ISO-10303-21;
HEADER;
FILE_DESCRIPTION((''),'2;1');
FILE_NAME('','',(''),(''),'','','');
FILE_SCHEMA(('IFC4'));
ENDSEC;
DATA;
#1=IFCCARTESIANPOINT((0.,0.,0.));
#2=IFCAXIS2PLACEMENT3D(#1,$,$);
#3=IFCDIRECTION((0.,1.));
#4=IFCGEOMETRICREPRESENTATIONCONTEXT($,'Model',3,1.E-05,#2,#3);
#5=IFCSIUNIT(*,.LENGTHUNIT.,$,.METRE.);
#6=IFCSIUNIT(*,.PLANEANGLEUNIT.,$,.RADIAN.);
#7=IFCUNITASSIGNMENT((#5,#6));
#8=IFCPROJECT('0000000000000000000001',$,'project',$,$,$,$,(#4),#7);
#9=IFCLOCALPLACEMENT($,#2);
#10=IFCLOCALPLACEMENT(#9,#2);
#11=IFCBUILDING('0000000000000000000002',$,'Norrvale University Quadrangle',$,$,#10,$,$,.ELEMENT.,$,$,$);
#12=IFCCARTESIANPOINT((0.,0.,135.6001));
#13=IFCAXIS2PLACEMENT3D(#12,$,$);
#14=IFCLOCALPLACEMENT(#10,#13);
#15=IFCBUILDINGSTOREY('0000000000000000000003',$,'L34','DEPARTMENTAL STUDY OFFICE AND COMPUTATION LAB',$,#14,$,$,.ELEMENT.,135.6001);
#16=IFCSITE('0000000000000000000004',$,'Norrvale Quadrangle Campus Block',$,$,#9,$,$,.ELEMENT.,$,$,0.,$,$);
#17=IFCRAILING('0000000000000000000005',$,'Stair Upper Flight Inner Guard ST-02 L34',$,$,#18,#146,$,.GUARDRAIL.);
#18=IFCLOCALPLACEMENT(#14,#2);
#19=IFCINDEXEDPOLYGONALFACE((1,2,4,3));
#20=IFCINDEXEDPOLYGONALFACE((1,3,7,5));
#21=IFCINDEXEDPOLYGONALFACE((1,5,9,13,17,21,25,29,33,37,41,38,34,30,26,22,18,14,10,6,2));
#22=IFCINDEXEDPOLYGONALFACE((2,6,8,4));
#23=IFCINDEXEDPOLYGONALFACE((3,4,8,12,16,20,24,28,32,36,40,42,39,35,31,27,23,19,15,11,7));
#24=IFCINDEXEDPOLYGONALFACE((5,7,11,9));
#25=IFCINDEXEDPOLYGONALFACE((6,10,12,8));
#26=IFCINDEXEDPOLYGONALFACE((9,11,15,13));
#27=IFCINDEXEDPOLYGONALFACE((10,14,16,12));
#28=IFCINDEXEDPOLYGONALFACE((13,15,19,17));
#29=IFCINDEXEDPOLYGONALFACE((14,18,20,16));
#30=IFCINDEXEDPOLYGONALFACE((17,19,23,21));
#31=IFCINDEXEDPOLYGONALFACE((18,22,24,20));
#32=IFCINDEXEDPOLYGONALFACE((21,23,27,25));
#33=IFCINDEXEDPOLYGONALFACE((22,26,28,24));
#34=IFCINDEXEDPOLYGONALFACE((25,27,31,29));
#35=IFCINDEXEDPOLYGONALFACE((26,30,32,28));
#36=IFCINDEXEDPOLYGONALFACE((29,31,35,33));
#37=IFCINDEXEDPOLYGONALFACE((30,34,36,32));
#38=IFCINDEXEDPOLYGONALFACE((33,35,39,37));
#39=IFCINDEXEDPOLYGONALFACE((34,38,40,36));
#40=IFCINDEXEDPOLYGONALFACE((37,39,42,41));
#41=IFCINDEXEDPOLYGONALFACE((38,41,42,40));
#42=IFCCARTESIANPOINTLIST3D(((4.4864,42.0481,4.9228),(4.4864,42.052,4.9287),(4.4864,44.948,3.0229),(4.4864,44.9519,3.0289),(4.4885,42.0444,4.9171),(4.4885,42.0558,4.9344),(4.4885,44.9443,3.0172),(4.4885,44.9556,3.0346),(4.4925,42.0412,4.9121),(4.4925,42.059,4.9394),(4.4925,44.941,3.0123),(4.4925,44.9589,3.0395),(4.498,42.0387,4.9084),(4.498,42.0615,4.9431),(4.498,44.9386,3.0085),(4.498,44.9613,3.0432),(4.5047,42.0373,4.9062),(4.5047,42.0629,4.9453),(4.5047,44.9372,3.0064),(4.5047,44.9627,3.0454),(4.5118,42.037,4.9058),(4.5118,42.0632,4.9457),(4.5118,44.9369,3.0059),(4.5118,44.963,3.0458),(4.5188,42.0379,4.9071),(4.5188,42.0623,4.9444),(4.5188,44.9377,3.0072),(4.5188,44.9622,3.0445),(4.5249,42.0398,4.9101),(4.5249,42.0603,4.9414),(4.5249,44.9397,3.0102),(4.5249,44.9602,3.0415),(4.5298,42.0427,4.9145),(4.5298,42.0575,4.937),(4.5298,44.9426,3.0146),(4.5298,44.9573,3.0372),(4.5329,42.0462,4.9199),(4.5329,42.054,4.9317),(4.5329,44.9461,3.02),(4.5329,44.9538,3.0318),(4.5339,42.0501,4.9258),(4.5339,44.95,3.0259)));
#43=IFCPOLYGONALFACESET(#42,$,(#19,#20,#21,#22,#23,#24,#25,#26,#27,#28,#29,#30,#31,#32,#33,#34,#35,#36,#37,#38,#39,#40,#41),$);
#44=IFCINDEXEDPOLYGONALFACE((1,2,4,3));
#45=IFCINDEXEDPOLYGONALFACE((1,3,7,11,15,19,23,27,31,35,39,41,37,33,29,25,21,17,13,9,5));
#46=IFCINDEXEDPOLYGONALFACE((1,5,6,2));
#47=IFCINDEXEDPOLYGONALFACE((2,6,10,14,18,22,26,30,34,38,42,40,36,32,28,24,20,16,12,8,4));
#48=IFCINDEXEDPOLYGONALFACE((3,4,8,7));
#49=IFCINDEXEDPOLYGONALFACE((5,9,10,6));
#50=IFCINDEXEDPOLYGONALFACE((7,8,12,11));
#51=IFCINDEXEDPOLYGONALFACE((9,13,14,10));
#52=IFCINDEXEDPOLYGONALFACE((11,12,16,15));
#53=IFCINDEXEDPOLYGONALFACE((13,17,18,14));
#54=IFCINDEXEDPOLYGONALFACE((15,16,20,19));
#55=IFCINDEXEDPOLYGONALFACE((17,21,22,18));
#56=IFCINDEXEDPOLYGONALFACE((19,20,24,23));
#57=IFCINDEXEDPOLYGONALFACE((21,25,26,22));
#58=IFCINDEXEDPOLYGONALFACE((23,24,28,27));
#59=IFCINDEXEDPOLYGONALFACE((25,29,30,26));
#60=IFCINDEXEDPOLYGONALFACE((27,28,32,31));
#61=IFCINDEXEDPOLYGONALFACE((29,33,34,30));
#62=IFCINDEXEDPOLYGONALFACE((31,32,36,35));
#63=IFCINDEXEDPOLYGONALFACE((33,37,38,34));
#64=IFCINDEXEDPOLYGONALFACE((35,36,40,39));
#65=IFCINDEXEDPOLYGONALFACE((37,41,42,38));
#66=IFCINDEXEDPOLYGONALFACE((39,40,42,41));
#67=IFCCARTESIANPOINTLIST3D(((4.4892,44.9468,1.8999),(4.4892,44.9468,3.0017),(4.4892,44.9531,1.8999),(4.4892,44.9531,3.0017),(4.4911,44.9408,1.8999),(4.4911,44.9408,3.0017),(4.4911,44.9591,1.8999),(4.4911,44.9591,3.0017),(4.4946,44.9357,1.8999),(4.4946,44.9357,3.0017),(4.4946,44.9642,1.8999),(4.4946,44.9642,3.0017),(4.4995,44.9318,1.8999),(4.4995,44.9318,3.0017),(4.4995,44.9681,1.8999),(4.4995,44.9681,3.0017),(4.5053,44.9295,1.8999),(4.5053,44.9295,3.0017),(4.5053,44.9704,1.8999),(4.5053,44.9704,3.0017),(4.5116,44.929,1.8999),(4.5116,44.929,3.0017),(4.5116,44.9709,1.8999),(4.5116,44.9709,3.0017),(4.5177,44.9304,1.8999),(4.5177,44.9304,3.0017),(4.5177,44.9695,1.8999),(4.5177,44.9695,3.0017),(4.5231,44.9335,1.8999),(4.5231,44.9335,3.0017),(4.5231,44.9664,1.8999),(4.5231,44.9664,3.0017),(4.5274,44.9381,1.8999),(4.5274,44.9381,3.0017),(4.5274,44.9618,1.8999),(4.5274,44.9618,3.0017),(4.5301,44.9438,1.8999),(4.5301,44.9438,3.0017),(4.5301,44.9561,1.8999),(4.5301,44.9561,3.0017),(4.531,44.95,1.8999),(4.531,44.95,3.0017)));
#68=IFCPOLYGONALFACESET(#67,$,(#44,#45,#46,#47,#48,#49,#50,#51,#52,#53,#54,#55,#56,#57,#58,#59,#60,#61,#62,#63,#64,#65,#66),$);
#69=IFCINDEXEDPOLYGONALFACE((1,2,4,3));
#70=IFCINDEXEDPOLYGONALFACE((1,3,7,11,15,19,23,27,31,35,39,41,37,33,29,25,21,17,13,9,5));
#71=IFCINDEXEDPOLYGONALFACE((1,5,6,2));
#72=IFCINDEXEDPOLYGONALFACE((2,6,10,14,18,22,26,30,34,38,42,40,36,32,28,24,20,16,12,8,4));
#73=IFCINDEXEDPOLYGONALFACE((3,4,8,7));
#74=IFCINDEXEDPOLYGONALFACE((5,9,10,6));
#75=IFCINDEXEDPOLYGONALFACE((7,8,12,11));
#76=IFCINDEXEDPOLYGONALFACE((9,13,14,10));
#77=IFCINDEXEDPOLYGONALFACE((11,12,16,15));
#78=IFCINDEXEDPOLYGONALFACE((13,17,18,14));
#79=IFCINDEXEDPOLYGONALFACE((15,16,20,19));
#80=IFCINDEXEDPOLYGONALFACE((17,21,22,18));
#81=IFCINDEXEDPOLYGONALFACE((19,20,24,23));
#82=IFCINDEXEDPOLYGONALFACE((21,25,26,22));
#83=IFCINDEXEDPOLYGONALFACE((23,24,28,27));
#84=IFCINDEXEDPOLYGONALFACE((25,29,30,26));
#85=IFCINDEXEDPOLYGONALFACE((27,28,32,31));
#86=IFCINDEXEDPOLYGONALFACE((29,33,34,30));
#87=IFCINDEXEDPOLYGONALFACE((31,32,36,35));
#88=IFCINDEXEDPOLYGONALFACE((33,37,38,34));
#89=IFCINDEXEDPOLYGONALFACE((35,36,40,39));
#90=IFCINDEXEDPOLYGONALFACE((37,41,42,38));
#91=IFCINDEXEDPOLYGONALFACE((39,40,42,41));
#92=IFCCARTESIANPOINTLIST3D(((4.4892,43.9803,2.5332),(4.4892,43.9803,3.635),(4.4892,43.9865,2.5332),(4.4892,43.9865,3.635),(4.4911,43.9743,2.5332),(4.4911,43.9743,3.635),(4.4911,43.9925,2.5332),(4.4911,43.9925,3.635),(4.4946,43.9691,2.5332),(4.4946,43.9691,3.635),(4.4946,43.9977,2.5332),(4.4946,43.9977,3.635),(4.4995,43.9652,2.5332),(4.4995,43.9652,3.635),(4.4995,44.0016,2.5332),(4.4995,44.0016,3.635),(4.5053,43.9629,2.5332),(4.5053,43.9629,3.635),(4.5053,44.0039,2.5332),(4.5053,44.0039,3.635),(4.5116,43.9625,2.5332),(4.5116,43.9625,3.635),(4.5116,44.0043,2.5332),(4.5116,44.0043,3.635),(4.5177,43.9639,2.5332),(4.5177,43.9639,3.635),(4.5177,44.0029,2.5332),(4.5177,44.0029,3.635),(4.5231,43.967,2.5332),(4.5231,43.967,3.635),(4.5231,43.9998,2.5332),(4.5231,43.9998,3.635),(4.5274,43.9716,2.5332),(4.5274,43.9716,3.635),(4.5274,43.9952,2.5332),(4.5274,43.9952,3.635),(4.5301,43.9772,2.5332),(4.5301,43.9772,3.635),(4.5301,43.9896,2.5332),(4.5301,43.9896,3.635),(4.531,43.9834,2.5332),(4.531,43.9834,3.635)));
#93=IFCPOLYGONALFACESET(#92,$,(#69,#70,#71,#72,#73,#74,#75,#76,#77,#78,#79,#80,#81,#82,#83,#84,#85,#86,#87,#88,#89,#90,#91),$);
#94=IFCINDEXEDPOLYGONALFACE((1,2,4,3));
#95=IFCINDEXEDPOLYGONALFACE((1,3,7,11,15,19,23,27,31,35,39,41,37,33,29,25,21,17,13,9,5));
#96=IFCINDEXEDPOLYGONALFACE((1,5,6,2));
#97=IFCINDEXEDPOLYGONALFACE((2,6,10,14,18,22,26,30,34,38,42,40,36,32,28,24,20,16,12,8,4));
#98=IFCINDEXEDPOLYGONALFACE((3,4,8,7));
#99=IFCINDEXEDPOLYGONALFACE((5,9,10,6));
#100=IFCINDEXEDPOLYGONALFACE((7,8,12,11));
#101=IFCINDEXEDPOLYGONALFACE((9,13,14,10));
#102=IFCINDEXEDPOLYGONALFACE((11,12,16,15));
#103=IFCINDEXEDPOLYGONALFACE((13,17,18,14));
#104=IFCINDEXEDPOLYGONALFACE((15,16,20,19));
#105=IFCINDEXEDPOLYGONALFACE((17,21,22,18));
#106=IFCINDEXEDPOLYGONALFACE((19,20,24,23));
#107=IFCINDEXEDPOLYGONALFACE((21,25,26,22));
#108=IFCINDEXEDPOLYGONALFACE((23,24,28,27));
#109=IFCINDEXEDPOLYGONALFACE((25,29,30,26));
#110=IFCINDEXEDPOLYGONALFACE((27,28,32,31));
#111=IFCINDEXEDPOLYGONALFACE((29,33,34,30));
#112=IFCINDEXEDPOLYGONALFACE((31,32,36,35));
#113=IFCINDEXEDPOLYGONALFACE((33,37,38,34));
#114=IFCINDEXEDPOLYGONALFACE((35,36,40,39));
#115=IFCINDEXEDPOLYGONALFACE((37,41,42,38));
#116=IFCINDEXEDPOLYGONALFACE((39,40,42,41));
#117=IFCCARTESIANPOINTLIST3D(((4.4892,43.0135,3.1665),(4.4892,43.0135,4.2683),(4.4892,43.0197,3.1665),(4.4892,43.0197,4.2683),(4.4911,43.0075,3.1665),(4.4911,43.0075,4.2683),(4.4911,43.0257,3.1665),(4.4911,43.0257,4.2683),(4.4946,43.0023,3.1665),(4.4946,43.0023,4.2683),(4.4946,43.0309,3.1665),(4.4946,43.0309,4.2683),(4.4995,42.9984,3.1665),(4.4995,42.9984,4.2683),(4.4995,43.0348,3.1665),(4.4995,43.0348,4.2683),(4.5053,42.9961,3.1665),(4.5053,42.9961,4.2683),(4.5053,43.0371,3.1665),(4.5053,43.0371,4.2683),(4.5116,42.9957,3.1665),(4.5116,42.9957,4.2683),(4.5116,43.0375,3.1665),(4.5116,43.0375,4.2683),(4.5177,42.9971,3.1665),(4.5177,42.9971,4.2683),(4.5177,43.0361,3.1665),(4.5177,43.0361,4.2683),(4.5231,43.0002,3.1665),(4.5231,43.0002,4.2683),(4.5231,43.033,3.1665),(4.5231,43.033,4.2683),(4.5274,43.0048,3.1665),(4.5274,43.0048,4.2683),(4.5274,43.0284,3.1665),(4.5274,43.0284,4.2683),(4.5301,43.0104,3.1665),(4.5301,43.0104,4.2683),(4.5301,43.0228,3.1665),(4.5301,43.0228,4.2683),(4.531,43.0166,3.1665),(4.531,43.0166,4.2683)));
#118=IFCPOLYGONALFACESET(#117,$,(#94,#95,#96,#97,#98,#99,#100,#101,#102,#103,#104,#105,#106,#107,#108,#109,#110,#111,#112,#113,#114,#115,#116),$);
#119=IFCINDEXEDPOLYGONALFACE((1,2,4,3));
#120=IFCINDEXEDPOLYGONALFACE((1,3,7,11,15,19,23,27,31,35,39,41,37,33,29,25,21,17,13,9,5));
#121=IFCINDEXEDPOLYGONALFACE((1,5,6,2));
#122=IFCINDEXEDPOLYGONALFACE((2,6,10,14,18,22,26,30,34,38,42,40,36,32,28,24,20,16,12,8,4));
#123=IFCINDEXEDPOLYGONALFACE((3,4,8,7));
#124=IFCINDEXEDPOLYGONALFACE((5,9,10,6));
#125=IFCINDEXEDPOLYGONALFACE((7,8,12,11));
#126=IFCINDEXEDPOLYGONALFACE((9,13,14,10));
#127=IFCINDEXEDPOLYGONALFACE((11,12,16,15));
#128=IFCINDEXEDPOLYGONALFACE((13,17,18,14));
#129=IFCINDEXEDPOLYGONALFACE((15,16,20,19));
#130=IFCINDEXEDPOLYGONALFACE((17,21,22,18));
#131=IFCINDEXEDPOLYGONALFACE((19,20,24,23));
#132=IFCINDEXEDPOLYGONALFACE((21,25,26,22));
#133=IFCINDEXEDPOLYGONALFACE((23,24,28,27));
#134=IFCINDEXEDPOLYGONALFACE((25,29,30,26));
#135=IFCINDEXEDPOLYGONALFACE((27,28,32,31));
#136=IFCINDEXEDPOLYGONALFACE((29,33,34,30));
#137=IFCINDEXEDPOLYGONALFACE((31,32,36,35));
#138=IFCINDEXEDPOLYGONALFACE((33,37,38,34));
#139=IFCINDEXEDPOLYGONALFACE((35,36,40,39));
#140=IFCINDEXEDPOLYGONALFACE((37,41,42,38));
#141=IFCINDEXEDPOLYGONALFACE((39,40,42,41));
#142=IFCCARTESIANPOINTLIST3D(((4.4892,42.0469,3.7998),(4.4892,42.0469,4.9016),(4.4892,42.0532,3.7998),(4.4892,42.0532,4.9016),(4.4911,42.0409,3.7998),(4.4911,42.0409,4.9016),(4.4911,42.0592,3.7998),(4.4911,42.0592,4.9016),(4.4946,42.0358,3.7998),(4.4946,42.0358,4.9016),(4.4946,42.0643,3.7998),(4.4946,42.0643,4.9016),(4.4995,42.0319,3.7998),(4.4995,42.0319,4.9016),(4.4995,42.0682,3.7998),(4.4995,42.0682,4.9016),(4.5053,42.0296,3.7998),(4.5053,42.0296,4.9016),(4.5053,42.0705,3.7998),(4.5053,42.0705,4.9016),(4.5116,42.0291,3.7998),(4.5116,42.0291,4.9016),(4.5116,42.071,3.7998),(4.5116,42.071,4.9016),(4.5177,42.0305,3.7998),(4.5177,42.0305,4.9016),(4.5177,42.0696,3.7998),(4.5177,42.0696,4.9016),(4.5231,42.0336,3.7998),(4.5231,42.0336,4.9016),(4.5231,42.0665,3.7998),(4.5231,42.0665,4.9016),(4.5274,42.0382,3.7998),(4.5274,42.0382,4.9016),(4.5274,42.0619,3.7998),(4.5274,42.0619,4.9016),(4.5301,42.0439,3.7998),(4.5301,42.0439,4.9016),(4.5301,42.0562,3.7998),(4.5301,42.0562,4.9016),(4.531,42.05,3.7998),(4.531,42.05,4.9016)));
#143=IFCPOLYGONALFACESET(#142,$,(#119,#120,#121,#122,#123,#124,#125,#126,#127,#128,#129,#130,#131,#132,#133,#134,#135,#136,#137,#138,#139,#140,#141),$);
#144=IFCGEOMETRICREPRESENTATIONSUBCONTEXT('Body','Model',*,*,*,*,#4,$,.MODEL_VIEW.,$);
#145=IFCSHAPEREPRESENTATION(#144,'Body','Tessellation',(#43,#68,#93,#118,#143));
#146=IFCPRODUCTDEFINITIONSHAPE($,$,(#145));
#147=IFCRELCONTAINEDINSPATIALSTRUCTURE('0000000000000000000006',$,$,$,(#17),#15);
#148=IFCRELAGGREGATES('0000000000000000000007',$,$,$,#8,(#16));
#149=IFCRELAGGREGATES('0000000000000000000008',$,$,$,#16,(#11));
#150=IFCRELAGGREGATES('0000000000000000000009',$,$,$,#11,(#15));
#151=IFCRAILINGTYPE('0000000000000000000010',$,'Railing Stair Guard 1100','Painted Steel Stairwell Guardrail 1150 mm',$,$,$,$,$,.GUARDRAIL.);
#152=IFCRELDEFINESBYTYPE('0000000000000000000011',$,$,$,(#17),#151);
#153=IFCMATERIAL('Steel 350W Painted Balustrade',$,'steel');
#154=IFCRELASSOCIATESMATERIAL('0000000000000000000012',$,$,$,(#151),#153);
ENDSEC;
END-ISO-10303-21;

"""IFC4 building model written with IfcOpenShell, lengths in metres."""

from ifc_helpers import new_model, si_unit, direction, frame, origin, origin_2d, place, context, subcontext, project, spatial, circle, extrude, material, type_object, element, save


model = new_model("IFC4")

# Units and contexts
model_context = context("Model", 3, precision=1e-05, world=origin(), true_north=direction((0.0, 1.0)))
body_context = subcontext(model_context, "Body", "Model", "MODEL_VIEW")
ifc_project = project(units=[si_unit("LENGTHUNIT", "METRE"), si_unit("PLANEANGLEUNIT", "RADIAN")], contexts=[model_context])

# Site, building, storey
site_placement = place(None, origin())
site = spatial("IfcSite", under=ifc_project, at=site_placement, Name="Norrvale Quadrangle Campus Block", CompositionType="ELEMENT", RefElevation=0.0)
building_placement = place(site_placement, origin())
building = spatial("IfcBuilding", under=site, at=building_placement, Name="Norrvale University Quadrangle", CompositionType="ELEMENT")
storey_placement = place(building_placement, frame((0.0, 0.0, 135.6001)))
storey = spatial("IfcBuildingStorey", under=building, at=storey_placement, Name="L34", Description="DEPARTMENTAL STUDY OFFICE AND COMPUTATION LAB", CompositionType="ELEMENT", Elevation=135.6001)

# Railing
ifc_material_1 = material(Name="Steel 350W Painted Balustrade", Category="steel")
railing_type_1 = type_object("IfcRailingType", Name="Railing Stair Guard 1100", Description="Painted Steel Stairwell Guardrail 1150 mm", PredefinedType="GUARDRAIL", material=ifc_material_1)
railing_1_placement = place(storey_placement, frame((4.51, 44.95, 1.8999)))
element("IfcRailing", 1, at=railing_1_placement, inside=storey, type_object=railing_type_1, Name="Stair Upper Flight Inner Guard ST-02 L34", PredefinedType="GUARDRAIL", context=body_context, shape_type="SweptSolid", body=[
    extrude(circle(Radius=0.0239, at=origin_2d()), frame((0.0, 0.0, 1.126), z_axis=(0.0, -0.836466, 0.548019), x_axis=(1.0, 0.0, 0.0)), (0.0, 0.0, 1.0), 3.4668),
    extrude(circle(Radius=0.021, at=origin_2d()), origin(), (0.0, 0.0, 1.0), 1.1018),
    extrude(circle(Radius=0.021, at=origin_2d()), frame((0.0, -0.9666, 0.6333)), (0.0, 0.0, 1.0), 1.1018),
    extrude(circle(Radius=0.021, at=origin_2d()), frame((0.0, -1.9333, 1.2666)), (0.0, 0.0, 1.0), 1.1018),
    extrude(circle(Radius=0.021, at=origin_2d()), frame((0.0, -2.8999, 1.8999)), (0.0, 0.0, 1.0), 1.1018),
])

save(model, "model.ifc")
